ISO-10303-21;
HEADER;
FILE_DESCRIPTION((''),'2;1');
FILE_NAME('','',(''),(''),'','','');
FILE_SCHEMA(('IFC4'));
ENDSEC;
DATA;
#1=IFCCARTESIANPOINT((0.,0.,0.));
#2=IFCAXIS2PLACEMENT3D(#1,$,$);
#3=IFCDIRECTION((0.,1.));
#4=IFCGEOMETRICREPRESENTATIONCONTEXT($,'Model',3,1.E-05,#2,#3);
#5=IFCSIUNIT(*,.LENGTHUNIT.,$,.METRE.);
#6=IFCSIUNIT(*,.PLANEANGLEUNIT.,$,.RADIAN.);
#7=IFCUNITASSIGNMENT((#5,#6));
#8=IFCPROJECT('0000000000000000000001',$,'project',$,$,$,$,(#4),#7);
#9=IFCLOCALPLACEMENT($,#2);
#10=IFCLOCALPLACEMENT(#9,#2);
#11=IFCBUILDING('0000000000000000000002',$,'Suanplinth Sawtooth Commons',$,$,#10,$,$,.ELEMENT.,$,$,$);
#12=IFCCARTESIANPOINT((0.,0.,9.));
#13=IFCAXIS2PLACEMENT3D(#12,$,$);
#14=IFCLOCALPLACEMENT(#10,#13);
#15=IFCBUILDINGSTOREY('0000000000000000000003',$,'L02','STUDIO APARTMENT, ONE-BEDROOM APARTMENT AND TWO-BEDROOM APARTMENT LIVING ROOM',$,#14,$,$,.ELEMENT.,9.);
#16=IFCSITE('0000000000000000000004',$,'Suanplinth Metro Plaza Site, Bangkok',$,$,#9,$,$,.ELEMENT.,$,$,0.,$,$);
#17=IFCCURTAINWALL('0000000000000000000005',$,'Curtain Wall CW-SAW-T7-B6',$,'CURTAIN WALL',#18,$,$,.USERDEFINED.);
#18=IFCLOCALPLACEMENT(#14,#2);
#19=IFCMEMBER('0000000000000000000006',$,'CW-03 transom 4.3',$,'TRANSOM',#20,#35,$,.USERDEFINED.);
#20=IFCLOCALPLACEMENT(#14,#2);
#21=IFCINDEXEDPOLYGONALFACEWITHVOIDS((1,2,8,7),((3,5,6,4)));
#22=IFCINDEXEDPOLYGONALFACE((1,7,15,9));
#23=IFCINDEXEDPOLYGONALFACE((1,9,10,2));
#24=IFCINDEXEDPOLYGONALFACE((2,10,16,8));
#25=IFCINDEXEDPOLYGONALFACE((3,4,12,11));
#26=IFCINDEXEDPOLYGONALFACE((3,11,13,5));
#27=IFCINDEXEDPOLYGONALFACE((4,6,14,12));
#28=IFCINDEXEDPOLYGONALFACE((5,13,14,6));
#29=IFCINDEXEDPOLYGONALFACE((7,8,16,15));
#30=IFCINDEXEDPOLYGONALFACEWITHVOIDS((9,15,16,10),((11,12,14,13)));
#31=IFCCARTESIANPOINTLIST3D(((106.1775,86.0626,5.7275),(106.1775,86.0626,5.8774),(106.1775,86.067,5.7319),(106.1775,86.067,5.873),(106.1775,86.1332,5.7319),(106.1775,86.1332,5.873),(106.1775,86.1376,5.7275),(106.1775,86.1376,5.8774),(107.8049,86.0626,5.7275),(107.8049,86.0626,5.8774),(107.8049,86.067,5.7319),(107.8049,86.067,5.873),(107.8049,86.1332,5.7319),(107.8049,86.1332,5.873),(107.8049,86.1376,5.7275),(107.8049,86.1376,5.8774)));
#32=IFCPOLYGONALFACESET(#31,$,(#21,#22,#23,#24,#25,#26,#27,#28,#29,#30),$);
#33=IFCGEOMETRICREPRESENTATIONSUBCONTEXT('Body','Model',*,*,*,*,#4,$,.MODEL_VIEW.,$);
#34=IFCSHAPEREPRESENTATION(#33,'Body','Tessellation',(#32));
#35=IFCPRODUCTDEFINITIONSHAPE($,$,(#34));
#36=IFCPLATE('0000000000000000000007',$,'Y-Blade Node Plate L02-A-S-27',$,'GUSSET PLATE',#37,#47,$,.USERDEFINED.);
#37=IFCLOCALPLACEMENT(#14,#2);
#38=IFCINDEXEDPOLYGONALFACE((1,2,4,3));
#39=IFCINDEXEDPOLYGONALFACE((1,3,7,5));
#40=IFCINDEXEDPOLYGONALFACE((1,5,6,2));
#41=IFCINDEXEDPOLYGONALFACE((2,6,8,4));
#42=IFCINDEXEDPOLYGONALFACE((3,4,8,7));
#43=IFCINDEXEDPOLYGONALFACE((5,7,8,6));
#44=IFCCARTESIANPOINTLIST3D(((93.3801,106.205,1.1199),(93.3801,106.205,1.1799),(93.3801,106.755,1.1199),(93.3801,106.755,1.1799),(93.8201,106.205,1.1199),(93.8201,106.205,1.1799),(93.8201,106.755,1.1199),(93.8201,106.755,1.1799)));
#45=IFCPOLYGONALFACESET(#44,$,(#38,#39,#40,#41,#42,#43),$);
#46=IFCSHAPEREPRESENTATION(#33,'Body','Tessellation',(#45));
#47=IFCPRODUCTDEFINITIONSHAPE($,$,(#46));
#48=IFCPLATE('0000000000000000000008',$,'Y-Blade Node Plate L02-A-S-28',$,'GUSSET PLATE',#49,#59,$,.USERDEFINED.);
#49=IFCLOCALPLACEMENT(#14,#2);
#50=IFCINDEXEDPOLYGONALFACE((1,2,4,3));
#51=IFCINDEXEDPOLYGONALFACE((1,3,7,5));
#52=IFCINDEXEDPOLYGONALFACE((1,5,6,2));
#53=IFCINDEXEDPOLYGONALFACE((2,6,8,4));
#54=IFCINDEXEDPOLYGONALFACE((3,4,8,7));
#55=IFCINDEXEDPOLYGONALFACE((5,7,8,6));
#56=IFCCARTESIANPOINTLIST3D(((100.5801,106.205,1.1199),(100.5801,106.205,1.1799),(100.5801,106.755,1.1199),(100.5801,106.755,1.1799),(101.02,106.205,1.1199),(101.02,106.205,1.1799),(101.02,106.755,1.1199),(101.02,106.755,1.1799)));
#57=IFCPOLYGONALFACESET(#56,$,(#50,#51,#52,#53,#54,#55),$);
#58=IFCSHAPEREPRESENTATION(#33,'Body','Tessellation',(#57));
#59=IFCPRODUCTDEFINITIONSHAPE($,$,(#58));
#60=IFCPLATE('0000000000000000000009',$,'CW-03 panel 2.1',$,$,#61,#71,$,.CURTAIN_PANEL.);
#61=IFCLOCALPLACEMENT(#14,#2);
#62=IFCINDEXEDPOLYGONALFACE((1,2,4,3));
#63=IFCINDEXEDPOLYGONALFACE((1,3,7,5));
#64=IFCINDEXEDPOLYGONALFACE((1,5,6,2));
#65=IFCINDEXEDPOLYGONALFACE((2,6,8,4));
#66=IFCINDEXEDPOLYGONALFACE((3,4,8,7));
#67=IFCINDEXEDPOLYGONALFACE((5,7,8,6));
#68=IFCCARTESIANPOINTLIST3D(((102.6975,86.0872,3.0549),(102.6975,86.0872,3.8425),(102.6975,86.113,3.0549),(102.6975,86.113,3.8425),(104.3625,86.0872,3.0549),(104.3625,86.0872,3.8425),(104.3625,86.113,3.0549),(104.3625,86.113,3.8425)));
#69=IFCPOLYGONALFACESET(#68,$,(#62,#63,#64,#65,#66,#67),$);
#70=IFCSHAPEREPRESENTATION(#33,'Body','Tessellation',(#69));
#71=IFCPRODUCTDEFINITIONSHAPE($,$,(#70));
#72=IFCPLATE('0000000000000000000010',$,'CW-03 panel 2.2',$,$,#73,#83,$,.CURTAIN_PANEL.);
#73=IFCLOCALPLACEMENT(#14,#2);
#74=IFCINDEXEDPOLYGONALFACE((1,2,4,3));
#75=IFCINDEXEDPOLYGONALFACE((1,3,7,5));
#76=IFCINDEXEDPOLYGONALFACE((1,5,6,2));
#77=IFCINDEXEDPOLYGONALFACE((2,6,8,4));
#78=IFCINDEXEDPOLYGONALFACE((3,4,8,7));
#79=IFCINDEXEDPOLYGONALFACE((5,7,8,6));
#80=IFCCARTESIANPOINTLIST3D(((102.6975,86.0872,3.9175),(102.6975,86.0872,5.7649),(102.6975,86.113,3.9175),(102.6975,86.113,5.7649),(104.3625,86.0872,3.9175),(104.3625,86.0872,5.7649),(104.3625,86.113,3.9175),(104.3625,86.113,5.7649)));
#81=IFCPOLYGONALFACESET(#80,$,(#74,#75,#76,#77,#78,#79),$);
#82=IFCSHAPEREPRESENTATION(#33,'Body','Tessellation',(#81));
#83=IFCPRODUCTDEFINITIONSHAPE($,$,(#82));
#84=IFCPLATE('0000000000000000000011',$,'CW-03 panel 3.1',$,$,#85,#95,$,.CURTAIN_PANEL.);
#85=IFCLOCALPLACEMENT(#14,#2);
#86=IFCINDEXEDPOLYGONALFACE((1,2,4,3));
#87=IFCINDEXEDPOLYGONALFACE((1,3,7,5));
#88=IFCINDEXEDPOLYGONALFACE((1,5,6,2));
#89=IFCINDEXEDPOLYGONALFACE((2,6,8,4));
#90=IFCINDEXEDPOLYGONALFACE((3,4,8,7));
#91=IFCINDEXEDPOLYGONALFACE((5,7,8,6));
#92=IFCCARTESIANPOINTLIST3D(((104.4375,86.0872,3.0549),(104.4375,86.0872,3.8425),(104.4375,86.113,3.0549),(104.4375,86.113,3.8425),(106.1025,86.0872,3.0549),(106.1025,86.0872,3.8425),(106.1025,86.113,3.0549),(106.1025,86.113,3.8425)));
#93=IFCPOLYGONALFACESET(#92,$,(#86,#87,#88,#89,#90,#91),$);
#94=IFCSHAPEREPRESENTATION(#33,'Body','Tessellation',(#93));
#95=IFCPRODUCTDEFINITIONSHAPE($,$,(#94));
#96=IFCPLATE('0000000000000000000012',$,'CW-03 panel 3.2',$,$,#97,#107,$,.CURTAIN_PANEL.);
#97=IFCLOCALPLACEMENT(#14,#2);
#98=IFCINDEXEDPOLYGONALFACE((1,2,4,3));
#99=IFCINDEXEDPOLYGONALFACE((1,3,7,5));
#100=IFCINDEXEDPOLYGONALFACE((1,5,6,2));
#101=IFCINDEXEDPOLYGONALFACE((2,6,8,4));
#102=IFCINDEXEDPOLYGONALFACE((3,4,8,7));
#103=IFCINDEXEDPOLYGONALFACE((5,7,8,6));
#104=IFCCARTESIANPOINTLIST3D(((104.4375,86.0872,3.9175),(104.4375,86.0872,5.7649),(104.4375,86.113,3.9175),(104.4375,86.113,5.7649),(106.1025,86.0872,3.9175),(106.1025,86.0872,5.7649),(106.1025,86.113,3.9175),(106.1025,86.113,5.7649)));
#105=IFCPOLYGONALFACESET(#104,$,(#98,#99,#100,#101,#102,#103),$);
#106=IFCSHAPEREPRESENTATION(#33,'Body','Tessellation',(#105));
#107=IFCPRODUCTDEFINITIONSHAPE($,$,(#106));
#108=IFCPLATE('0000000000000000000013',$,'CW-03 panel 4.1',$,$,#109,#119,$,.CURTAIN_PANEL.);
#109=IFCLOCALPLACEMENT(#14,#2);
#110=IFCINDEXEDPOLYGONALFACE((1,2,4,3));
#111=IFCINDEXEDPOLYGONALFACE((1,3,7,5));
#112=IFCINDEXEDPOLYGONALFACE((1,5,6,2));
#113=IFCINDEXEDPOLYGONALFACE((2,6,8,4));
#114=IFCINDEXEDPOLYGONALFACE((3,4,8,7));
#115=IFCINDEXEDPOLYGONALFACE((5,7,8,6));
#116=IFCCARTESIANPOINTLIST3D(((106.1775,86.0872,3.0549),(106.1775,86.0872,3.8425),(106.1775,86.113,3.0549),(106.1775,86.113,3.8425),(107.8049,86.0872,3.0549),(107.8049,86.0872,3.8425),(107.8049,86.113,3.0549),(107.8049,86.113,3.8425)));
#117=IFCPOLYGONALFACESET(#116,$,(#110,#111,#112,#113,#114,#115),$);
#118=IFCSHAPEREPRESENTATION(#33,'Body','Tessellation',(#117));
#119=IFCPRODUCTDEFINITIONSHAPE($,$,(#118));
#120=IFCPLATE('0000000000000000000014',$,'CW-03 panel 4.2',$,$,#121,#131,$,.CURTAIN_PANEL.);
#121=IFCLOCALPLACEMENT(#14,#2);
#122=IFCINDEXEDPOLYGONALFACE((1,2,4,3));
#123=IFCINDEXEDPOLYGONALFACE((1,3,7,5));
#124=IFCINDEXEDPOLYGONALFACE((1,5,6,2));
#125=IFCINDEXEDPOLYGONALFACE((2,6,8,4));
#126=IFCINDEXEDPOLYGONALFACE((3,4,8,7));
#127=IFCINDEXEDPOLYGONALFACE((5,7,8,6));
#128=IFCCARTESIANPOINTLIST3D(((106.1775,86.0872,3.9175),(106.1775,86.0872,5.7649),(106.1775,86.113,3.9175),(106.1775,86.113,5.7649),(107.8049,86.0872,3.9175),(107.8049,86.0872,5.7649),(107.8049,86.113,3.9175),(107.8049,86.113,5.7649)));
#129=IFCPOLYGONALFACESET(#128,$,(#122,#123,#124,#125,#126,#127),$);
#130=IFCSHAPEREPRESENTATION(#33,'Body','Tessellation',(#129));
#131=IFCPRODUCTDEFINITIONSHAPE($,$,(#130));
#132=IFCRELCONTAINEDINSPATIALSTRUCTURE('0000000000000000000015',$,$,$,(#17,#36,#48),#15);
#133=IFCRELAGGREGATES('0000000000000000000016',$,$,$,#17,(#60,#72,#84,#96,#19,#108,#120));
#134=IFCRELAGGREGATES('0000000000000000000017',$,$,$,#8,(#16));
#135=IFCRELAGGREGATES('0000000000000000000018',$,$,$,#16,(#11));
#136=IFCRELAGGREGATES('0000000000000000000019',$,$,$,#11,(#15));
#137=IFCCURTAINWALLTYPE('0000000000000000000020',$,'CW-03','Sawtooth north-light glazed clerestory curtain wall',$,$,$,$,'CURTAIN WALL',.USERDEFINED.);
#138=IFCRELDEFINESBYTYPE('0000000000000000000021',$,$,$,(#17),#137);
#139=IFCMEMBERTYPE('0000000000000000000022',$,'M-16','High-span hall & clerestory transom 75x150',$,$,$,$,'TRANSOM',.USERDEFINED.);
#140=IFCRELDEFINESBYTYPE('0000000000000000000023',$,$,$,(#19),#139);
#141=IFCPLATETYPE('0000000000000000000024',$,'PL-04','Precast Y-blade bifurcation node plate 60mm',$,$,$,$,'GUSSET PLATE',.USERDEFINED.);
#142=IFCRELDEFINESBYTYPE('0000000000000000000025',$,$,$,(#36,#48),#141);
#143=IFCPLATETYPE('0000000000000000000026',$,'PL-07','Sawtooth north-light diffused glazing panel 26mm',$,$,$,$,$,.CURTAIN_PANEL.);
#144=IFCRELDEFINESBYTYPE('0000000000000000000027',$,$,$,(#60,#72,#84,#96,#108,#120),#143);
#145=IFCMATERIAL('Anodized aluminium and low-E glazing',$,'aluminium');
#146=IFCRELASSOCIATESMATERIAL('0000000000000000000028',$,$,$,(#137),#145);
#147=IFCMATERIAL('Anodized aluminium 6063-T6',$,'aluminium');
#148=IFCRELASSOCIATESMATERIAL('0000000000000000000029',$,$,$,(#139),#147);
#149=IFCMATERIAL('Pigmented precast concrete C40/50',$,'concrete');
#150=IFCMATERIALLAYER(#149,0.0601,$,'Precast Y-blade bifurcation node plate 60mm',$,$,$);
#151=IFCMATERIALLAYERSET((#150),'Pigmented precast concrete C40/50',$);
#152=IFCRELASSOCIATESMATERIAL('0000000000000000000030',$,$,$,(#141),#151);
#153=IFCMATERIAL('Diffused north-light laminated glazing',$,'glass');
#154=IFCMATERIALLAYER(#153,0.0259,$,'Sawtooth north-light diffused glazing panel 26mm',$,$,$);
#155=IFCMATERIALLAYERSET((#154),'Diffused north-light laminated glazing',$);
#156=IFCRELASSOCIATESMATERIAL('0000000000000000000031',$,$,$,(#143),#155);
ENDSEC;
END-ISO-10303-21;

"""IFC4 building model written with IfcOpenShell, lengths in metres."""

from ifc_helpers import new_model, si_unit, direction, frame, origin, origin_2d, place, context, subcontext, project, spatial, rectangle, hollow_rectangle, extrude, material, layer, layer_set, material_profile, profile_set, type_object, element, aggregate, save


model = new_model("IFC4")

# Units and contexts
model_context = context("Model", 3, precision=1e-05, world=origin(), true_north=direction((0.0, 1.0)))
body_context = subcontext(model_context, "Body", "Model", "MODEL_VIEW")
ifc_project = project(units=[si_unit("LENGTHUNIT", "METRE"), si_unit("PLANEANGLEUNIT", "RADIAN")], contexts=[model_context])

# Site, building, storey
site_placement = place(None, origin())
site = spatial("IfcSite", under=ifc_project, at=site_placement, Name="Suanplinth Metro Plaza Site, Bangkok", CompositionType="ELEMENT", RefElevation=0.0)
building_placement = place(site_placement, origin())
building = spatial("IfcBuilding", under=site, at=building_placement, Name="Suanplinth Sawtooth Commons", CompositionType="ELEMENT")
storey_placement = place(building_placement, frame((0.0, 0.0, 9.0)))
storey = spatial("IfcBuildingStorey", under=building, at=storey_placement, Name="L02", Description="STUDIO APARTMENT, ONE-BEDROOM APARTMENT AND TWO-BEDROOM APARTMENT LIVING ROOM", CompositionType="ELEMENT", Elevation=9.0)

# Shared definitions
ifc_material_1 = material(Name="Pigmented precast concrete C40/50", Category="concrete")

# Curtain wall, member
ifc_material_2 = material(Name="Anodized aluminium and low-E glazing", Category="aluminium")
curtain_wall_type = type_object("IfcCurtainWallType", Name="CW-03", Description="Sawtooth north-light glazed clerestory curtain wall", ElementType="CURTAIN WALL", PredefinedType="USERDEFINED", material=ifc_material_2)
curtain_wall_placement = place(storey_placement, origin())
curtain_wall = element("IfcCurtainWall", 1, at=curtain_wall_placement, inside=storey, type_object=curtain_wall_type, Name="Curtain Wall CW-SAW-T7-B6", ObjectType="CURTAIN WALL", PredefinedType="USERDEFINED")
ifc_material_3 = material(Name="Anodized aluminium 6063-T6", Category="aluminium")
ifc_material_profile_1 = material_profile(ifc_material_3, hollow_rectangle(XDim=0.075, YDim=0.1499, WallThickness=0.0044, at=origin_2d()), Name="ALU-TRN 75x150")
ifc_profile_set_1 = profile_set([ifc_material_profile_1], Name="Anodized aluminium 6063-T6")
member_type_1 = type_object("IfcMemberType", Name="M-16", Description="High-span hall & clerestory transom 75x150", ElementType="TRANSOM", PredefinedType="USERDEFINED", material=ifc_profile_set_1)
member_1_placement = place(storey_placement, frame((106.1775, 86.1001, 5.8025), z_axis=(1.0, 0.0, 0.0), x_axis=(0.0, 1.0, 0.0)))
member_1 = element("IfcMember", 2, at=member_1_placement, type_object=member_type_1, Name="CW-03 transom 4.3", ObjectType="TRANSOM", PredefinedType="USERDEFINED", context=body_context, shape_type="SweptSolid", body=[
    extrude(hollow_rectangle(XDim=0.075, YDim=0.1499, WallThickness=0.0044, at=origin_2d()), origin(), (0.0, 0.0, 1.0), 1.6274),
])

# Plates
ifc_layer_1 = layer(ifc_material_1, 0.0601, Name="Precast Y-blade bifurcation node plate 60mm")
ifc_layer_set_1 = layer_set([ifc_layer_1], Name="Pigmented precast concrete C40/50")
plate_type_1 = type_object("IfcPlateType", Name="PL-04", Description="Precast Y-blade bifurcation node plate 60mm", ElementType="GUSSET PLATE", PredefinedType="USERDEFINED", material=ifc_layer_set_1)
for number, where, z_axis, x_axis, name in (
    (3, (93.6001, 106.48, 1.1199), (0.0, 0.0, 1.0), (1.0, 0.0, 0.0), "Y-Blade Node Plate L02-A-S-27"),
    (4, (100.8, 106.48, 1.1199), (0.0, 0.0, 1.0), (1.0, 0.0, 0.0), "Y-Blade Node Plate L02-A-S-28"),
):
    element("IfcPlate", number, at=place(storey_placement, frame(where, z_axis=z_axis, x_axis=x_axis)), inside=storey, type_object=plate_type_1, Name=name, ObjectType="GUSSET PLATE", PredefinedType="USERDEFINED", context=body_context, shape_type="SweptSolid", body=[
        extrude(rectangle(XDim=0.4399, YDim=0.55, at=origin_2d()), origin(), (0.0, 0.0, 1.0), 0.0601),
    ])

# Plates
ifc_material_4 = material(Name="Diffused north-light laminated glazing", Category="glass")
ifc_layer_2 = layer(ifc_material_4, 0.0259, Name="Sawtooth north-light diffused glazing panel 26mm")
ifc_layer_set_2 = layer_set([ifc_layer_2], Name="Diffused north-light laminated glazing")
plate_type_2 = type_object("IfcPlateType", Name="PL-07", Description="Sawtooth north-light diffused glazing panel 26mm", PredefinedType="CURTAIN_PANEL", material=ifc_layer_set_2)
plate_1_placement = place(storey_placement, frame((103.53, 86.1001, 3.0549), z_axis=(0.0, 0.0, 1.0), x_axis=(1.0, 0.0, 0.0)))
plate_1 = element("IfcPlate", 5, at=plate_1_placement, type_object=plate_type_2, Name="CW-03 panel 2.1", PredefinedType="CURTAIN_PANEL", context=body_context, shape_type="SweptSolid", body=[
    extrude(rectangle(XDim=1.665, YDim=0.0259, at=origin_2d()), origin(), (0.0, 0.0, 1.0), 0.7876),
])
plate_2_placement = place(storey_placement, frame((103.53, 86.1001, 3.9175), z_axis=(0.0, 0.0, 1.0), x_axis=(1.0, 0.0, 0.0)))
plate_2 = element("IfcPlate", 6, at=plate_2_placement, type_object=plate_type_2, Name="CW-03 panel 2.2", PredefinedType="CURTAIN_PANEL", context=body_context, shape_type="SweptSolid", body=[
    extrude(rectangle(XDim=1.665, YDim=0.0259, at=origin_2d()), origin(), (0.0, 0.0, 1.0), 1.8474),
])
plate_3_placement = place(storey_placement, frame((105.27, 86.1001, 3.0549), z_axis=(0.0, 0.0, 1.0), x_axis=(1.0, 0.0, 0.0)))
plate_3 = element("IfcPlate", 7, at=plate_3_placement, type_object=plate_type_2, Name="CW-03 panel 3.1", PredefinedType="CURTAIN_PANEL", context=body_context, shape_type="SweptSolid", body=[
    extrude(rectangle(XDim=1.665, YDim=0.0259, at=origin_2d()), origin(), (0.0, 0.0, 1.0), 0.7876),
])
plate_4_placement = place(storey_placement, frame((105.27, 86.1001, 3.9175), z_axis=(0.0, 0.0, 1.0), x_axis=(1.0, 0.0, 0.0)))
plate_4 = element("IfcPlate", 8, at=plate_4_placement, type_object=plate_type_2, Name="CW-03 panel 3.2", PredefinedType="CURTAIN_PANEL", context=body_context, shape_type="SweptSolid", body=[
    extrude(rectangle(XDim=1.665, YDim=0.0259, at=origin_2d()), origin(), (0.0, 0.0, 1.0), 1.8474),
])
plate_5_placement = place(storey_placement, frame((106.9912, 86.1001, 3.0549), z_axis=(0.0, 0.0, 1.0), x_axis=(1.0, 0.0, 0.0)))
plate_5 = element("IfcPlate", 9, at=plate_5_placement, type_object=plate_type_2, Name="CW-03 panel 4.1", PredefinedType="CURTAIN_PANEL", context=body_context, shape_type="SweptSolid", body=[
    extrude(rectangle(XDim=1.6274, YDim=0.0259, at=origin_2d()), origin(), (0.0, 0.0, 1.0), 0.7876),
])
plate_6_placement = place(storey_placement, frame((106.9912, 86.1001, 3.9175), z_axis=(0.0, 0.0, 1.0), x_axis=(1.0, 0.0, 0.0)))
plate_6 = element("IfcPlate", 10, at=plate_6_placement, type_object=plate_type_2, Name="CW-03 panel 4.2", PredefinedType="CURTAIN_PANEL", context=body_context, shape_type="SweptSolid", body=[
    extrude(rectangle(XDim=1.6274, YDim=0.0259, at=origin_2d()), origin(), (0.0, 0.0, 1.0), 1.8474),
])
aggregate(curtain_wall, [plate_1, plate_2, plate_3, plate_4, member_1, plate_5, plate_6])

save(model, "model.ifc")
